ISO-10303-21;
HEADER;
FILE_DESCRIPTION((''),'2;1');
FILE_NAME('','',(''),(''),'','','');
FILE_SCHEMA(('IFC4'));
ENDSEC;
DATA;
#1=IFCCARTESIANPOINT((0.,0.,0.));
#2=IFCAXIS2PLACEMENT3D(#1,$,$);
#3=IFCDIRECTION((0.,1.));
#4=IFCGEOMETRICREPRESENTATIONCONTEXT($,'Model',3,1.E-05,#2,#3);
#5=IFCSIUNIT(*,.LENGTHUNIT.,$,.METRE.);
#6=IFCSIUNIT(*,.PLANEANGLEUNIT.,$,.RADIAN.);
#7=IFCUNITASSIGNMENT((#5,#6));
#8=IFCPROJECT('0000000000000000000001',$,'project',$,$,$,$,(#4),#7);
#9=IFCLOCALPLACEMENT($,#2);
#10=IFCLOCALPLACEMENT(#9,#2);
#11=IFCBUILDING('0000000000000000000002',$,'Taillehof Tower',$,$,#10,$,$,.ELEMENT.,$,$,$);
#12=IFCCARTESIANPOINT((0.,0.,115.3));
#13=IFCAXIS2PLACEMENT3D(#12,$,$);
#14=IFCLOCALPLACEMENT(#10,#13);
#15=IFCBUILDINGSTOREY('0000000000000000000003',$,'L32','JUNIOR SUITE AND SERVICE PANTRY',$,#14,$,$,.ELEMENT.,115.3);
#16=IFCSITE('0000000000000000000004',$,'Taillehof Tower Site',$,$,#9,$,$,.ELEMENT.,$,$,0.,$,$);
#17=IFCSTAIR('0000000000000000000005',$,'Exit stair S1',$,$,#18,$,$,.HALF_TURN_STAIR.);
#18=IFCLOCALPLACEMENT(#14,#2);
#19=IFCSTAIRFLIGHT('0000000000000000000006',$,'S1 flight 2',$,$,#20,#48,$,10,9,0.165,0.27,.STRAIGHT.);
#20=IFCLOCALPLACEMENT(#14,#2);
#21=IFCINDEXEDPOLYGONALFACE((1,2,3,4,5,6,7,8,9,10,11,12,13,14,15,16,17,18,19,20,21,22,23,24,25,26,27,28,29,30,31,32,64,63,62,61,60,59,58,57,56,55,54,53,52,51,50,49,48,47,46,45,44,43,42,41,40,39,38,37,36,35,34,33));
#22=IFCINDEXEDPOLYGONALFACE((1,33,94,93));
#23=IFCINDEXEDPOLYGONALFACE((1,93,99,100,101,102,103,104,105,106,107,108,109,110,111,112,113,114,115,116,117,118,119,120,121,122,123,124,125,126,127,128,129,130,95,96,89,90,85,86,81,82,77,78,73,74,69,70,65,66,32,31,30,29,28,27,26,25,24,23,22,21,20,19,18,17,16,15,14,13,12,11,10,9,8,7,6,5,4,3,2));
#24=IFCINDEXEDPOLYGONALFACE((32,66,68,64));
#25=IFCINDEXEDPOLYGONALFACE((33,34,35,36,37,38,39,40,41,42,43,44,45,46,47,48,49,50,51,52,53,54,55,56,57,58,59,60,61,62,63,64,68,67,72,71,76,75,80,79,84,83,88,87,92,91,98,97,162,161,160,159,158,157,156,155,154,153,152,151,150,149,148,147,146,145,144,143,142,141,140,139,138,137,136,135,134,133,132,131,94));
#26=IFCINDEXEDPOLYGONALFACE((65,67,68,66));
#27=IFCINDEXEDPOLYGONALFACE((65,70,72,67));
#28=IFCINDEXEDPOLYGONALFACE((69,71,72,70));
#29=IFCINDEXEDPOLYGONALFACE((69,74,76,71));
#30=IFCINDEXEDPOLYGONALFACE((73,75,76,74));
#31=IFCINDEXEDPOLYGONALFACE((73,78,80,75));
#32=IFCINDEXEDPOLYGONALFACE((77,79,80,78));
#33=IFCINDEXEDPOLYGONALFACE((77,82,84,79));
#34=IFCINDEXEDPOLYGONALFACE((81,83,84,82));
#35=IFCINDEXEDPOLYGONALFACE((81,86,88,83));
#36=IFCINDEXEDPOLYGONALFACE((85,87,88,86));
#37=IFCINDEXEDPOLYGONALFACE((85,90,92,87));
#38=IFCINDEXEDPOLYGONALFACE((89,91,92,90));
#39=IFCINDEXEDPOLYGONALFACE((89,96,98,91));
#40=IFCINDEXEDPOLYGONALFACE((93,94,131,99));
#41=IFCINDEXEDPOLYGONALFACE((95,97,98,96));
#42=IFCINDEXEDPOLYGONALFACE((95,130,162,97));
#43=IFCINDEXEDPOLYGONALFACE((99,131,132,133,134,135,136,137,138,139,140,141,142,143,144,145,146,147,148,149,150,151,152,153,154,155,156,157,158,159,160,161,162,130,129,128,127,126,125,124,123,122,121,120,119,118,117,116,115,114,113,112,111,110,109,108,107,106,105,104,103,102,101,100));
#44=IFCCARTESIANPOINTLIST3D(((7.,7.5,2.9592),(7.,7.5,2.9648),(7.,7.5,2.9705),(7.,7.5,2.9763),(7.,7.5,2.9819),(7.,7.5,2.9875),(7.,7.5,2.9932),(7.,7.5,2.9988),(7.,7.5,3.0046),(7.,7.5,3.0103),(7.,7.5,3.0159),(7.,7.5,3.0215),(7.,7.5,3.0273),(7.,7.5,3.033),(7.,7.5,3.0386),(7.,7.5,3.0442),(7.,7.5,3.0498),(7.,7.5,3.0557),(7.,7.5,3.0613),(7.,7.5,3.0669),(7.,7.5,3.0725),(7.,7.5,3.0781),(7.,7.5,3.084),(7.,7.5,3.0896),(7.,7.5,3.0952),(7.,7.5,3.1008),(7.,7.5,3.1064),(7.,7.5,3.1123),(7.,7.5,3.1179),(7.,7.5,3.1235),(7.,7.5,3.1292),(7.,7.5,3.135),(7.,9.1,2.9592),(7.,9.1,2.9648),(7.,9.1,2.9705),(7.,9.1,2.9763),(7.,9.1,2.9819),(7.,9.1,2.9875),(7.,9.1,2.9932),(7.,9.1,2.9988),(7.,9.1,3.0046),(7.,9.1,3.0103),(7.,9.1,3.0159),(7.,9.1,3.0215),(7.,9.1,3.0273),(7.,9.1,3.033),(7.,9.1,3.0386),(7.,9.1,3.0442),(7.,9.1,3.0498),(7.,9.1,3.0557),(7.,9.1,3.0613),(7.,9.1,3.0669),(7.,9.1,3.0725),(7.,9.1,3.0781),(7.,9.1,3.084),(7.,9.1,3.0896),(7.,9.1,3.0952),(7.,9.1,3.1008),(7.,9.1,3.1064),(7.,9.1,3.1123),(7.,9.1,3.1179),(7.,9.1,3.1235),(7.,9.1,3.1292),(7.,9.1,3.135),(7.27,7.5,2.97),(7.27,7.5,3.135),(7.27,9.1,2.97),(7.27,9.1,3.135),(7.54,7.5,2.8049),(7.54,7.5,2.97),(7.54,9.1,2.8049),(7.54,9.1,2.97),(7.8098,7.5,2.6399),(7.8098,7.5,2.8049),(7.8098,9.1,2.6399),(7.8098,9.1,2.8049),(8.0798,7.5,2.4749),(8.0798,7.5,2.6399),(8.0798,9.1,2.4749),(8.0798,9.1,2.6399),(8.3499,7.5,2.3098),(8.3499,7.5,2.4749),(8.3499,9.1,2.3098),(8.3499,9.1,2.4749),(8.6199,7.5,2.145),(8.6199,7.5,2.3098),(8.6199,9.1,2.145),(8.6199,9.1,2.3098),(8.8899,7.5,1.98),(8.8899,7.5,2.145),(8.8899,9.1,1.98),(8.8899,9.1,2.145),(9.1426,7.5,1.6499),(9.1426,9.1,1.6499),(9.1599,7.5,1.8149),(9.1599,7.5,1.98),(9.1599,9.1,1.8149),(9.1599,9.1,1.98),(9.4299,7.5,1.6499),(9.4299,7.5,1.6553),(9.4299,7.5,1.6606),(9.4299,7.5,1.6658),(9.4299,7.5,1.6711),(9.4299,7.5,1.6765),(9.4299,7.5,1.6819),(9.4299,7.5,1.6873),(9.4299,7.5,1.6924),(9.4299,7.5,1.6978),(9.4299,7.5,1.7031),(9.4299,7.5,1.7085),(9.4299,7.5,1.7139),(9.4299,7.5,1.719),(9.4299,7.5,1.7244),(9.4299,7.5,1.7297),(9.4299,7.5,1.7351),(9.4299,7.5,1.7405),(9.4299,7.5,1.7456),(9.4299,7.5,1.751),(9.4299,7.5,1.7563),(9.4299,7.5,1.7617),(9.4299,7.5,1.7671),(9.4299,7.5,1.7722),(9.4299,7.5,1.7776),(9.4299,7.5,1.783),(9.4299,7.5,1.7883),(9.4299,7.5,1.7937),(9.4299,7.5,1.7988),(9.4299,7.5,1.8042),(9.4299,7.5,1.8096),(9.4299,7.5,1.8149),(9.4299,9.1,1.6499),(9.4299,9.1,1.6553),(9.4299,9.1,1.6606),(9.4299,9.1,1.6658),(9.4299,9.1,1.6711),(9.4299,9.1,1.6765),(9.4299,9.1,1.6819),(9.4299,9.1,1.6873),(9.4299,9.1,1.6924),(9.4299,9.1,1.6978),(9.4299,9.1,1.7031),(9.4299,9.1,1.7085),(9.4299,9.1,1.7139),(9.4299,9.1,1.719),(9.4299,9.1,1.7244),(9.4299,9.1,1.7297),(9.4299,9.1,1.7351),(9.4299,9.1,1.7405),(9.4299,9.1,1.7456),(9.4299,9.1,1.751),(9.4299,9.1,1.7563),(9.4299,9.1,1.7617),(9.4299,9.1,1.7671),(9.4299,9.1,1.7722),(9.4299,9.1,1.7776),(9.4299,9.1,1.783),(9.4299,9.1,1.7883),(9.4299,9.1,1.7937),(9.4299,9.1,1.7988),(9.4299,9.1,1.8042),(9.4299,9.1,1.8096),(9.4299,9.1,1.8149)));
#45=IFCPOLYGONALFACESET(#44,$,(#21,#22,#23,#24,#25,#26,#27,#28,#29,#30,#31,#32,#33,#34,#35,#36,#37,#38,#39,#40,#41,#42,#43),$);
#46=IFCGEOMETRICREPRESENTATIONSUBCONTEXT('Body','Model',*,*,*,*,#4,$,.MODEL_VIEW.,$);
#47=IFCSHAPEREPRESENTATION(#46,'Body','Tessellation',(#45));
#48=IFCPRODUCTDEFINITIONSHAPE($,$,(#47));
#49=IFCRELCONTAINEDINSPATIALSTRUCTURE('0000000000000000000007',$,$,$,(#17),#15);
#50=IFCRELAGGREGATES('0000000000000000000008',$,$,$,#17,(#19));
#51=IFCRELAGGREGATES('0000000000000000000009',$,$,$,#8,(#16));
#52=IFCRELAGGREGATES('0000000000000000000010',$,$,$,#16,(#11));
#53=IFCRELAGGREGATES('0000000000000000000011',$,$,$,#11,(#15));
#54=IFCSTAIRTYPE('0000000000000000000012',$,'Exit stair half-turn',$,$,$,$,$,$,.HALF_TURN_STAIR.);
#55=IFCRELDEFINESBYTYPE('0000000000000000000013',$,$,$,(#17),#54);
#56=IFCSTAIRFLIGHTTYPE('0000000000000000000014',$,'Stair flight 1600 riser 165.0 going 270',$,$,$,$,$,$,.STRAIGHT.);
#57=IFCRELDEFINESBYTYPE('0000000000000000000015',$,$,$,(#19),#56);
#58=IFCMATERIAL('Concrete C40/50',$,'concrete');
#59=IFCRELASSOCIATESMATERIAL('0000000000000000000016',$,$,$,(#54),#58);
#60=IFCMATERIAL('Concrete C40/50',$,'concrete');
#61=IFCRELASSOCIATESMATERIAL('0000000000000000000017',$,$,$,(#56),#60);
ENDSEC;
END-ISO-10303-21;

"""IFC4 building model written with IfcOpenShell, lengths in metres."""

from ifc_helpers import new_model, si_unit, direction, frame, origin, place, context, subcontext, project, spatial, polyline, outline, extrude, material, type_object, element, aggregate, save


model = new_model("IFC4")

# Units and contexts
model_context = context("Model", 3, precision=1e-05, world=origin(), true_north=direction((0.0, 1.0)))
body_context = subcontext(model_context, "Body", "Model", "MODEL_VIEW")
ifc_project = project(units=[si_unit("LENGTHUNIT", "METRE"), si_unit("PLANEANGLEUNIT", "RADIAN")], contexts=[model_context])

# Site, building, storey
site_placement = place(None, origin())
site = spatial("IfcSite", under=ifc_project, at=site_placement, Name="Taillehof Tower Site", CompositionType="ELEMENT", RefElevation=0.0)
building_placement = place(site_placement, origin())
building = spatial("IfcBuilding", under=site, at=building_placement, Name="Taillehof Tower", CompositionType="ELEMENT")
storey_placement = place(building_placement, frame((0.0, 0.0, 115.3)))
storey = spatial("IfcBuildingStorey", under=building, at=storey_placement, Name="L32", Description="JUNIOR SUITE AND SERVICE PANTRY", CompositionType="ELEMENT", Elevation=115.3)

# Stair, stair flight
ifc_material_1 = material(Name="Concrete C40/50", Category="concrete")
stair_type = type_object("IfcStairType", Name="Exit stair half-turn", PredefinedType="HALF_TURN_STAIR", material=ifc_material_1)
stair_placement = place(storey_placement, origin())
stair = element("IfcStair", 1, at=stair_placement, inside=storey, type_object=stair_type, Name="Exit stair S1", PredefinedType="HALF_TURN_STAIR")
ifc_material_2 = material(Name="Concrete C40/50", Category="concrete")
stair_flight_type = type_object("IfcStairFlightType", Name="Stair flight 1600 riser 165.0 going 270", PredefinedType="STRAIGHT", material=ifc_material_2)
stair_flight_placement = place(storey_placement, frame((9.4299, 8.3, 1.6499), z_axis=(0.0, 0.0, 1.0), x_axis=(-1.0, 0.0, 0.0)))
stair_flight = element("IfcStairFlight", 2, at=stair_flight_placement, type_object=stair_flight_type, Name="S1 flight 2", NumberOfRisers=10, NumberOfTreads=9, PredefinedType="STRAIGHT", RiserHeight=0.165, TreadLength=0.27, context=body_context, shape_type="SweptSolid", body=[
    extrude(outline(polyline([(0.0, 0.0), (0.0, 0.0054), (0.0, 0.0107), (0.0, 0.0159), (0.0, 0.0212), (0.0, 0.0266), (0.0, 0.032), (0.0, 0.0374), (0.0, 0.0425), (0.0, 0.0479), (0.0, 0.0532), (0.0, 0.0586), (0.0, 0.064), (0.0, 0.0691), (0.0, 0.0745), (0.0, 0.0798), (0.0, 0.0852), (0.0, 0.0906), (0.0, 0.0957), (0.0, 0.1011), (0.0, 0.1064), (0.0, 0.1118), (0.0, 0.1172), (0.0, 0.1223), (0.0, 0.1277), (0.0, 0.1331), (0.0, 0.1384), (0.0, 0.1438), (0.0, 0.1489), (0.0, 0.1543), (0.0, 0.1597), (0.0, 0.165), (0.27, 0.165), (0.27, 0.3301), (0.54, 0.3301), (0.54, 0.4951), (0.8101, 0.4951), (0.8101, 0.6599), (1.0801, 0.6599), (1.0801, 0.825), (1.3501, 0.825), (1.3501, 0.99), (1.6201, 0.99), (1.6201, 1.155), (1.8899, 1.155), (1.8899, 1.3201), (2.1599, 1.3201), (2.1599, 1.4851), (2.4299, 1.4851), (2.4299, 1.4792), (2.4299, 1.4736), (2.4299, 1.468), (2.4299, 1.4624), (2.4299, 1.4565), (2.4299, 1.4509), (2.4299, 1.4453), (2.4299, 1.4397), (2.4299, 1.4341), (2.4299, 1.4282), (2.4299, 1.4226), (2.4299, 1.417), (2.4299, 1.4114), (2.4299, 1.4058), (2.4299, 1.3999), (2.4299, 1.3943), (2.4299, 1.3887), (2.4299, 1.3831), (2.4299, 1.3774), (2.4299, 1.3716), (2.4299, 1.366), (2.4299, 1.3604), (2.4299, 1.3547), (2.4299, 1.3489), (2.4299, 1.3433), (2.4299, 1.3376), (2.4299, 1.332), (2.4299, 1.3264), (2.4299, 1.3206), (2.4299, 1.3149), (2.4299, 1.3093), (0.2874, 0.0), (0.0, 0.0)])), frame((0.0, 0.8, 0.0), z_axis=(0.0, -1.0, 0.0), x_axis=(1.0, 0.0, 0.0)), (0.0, 0.0, 1.0), 1.6),
])
aggregate(stair, [stair_flight])

save(model, "model.ifc")
